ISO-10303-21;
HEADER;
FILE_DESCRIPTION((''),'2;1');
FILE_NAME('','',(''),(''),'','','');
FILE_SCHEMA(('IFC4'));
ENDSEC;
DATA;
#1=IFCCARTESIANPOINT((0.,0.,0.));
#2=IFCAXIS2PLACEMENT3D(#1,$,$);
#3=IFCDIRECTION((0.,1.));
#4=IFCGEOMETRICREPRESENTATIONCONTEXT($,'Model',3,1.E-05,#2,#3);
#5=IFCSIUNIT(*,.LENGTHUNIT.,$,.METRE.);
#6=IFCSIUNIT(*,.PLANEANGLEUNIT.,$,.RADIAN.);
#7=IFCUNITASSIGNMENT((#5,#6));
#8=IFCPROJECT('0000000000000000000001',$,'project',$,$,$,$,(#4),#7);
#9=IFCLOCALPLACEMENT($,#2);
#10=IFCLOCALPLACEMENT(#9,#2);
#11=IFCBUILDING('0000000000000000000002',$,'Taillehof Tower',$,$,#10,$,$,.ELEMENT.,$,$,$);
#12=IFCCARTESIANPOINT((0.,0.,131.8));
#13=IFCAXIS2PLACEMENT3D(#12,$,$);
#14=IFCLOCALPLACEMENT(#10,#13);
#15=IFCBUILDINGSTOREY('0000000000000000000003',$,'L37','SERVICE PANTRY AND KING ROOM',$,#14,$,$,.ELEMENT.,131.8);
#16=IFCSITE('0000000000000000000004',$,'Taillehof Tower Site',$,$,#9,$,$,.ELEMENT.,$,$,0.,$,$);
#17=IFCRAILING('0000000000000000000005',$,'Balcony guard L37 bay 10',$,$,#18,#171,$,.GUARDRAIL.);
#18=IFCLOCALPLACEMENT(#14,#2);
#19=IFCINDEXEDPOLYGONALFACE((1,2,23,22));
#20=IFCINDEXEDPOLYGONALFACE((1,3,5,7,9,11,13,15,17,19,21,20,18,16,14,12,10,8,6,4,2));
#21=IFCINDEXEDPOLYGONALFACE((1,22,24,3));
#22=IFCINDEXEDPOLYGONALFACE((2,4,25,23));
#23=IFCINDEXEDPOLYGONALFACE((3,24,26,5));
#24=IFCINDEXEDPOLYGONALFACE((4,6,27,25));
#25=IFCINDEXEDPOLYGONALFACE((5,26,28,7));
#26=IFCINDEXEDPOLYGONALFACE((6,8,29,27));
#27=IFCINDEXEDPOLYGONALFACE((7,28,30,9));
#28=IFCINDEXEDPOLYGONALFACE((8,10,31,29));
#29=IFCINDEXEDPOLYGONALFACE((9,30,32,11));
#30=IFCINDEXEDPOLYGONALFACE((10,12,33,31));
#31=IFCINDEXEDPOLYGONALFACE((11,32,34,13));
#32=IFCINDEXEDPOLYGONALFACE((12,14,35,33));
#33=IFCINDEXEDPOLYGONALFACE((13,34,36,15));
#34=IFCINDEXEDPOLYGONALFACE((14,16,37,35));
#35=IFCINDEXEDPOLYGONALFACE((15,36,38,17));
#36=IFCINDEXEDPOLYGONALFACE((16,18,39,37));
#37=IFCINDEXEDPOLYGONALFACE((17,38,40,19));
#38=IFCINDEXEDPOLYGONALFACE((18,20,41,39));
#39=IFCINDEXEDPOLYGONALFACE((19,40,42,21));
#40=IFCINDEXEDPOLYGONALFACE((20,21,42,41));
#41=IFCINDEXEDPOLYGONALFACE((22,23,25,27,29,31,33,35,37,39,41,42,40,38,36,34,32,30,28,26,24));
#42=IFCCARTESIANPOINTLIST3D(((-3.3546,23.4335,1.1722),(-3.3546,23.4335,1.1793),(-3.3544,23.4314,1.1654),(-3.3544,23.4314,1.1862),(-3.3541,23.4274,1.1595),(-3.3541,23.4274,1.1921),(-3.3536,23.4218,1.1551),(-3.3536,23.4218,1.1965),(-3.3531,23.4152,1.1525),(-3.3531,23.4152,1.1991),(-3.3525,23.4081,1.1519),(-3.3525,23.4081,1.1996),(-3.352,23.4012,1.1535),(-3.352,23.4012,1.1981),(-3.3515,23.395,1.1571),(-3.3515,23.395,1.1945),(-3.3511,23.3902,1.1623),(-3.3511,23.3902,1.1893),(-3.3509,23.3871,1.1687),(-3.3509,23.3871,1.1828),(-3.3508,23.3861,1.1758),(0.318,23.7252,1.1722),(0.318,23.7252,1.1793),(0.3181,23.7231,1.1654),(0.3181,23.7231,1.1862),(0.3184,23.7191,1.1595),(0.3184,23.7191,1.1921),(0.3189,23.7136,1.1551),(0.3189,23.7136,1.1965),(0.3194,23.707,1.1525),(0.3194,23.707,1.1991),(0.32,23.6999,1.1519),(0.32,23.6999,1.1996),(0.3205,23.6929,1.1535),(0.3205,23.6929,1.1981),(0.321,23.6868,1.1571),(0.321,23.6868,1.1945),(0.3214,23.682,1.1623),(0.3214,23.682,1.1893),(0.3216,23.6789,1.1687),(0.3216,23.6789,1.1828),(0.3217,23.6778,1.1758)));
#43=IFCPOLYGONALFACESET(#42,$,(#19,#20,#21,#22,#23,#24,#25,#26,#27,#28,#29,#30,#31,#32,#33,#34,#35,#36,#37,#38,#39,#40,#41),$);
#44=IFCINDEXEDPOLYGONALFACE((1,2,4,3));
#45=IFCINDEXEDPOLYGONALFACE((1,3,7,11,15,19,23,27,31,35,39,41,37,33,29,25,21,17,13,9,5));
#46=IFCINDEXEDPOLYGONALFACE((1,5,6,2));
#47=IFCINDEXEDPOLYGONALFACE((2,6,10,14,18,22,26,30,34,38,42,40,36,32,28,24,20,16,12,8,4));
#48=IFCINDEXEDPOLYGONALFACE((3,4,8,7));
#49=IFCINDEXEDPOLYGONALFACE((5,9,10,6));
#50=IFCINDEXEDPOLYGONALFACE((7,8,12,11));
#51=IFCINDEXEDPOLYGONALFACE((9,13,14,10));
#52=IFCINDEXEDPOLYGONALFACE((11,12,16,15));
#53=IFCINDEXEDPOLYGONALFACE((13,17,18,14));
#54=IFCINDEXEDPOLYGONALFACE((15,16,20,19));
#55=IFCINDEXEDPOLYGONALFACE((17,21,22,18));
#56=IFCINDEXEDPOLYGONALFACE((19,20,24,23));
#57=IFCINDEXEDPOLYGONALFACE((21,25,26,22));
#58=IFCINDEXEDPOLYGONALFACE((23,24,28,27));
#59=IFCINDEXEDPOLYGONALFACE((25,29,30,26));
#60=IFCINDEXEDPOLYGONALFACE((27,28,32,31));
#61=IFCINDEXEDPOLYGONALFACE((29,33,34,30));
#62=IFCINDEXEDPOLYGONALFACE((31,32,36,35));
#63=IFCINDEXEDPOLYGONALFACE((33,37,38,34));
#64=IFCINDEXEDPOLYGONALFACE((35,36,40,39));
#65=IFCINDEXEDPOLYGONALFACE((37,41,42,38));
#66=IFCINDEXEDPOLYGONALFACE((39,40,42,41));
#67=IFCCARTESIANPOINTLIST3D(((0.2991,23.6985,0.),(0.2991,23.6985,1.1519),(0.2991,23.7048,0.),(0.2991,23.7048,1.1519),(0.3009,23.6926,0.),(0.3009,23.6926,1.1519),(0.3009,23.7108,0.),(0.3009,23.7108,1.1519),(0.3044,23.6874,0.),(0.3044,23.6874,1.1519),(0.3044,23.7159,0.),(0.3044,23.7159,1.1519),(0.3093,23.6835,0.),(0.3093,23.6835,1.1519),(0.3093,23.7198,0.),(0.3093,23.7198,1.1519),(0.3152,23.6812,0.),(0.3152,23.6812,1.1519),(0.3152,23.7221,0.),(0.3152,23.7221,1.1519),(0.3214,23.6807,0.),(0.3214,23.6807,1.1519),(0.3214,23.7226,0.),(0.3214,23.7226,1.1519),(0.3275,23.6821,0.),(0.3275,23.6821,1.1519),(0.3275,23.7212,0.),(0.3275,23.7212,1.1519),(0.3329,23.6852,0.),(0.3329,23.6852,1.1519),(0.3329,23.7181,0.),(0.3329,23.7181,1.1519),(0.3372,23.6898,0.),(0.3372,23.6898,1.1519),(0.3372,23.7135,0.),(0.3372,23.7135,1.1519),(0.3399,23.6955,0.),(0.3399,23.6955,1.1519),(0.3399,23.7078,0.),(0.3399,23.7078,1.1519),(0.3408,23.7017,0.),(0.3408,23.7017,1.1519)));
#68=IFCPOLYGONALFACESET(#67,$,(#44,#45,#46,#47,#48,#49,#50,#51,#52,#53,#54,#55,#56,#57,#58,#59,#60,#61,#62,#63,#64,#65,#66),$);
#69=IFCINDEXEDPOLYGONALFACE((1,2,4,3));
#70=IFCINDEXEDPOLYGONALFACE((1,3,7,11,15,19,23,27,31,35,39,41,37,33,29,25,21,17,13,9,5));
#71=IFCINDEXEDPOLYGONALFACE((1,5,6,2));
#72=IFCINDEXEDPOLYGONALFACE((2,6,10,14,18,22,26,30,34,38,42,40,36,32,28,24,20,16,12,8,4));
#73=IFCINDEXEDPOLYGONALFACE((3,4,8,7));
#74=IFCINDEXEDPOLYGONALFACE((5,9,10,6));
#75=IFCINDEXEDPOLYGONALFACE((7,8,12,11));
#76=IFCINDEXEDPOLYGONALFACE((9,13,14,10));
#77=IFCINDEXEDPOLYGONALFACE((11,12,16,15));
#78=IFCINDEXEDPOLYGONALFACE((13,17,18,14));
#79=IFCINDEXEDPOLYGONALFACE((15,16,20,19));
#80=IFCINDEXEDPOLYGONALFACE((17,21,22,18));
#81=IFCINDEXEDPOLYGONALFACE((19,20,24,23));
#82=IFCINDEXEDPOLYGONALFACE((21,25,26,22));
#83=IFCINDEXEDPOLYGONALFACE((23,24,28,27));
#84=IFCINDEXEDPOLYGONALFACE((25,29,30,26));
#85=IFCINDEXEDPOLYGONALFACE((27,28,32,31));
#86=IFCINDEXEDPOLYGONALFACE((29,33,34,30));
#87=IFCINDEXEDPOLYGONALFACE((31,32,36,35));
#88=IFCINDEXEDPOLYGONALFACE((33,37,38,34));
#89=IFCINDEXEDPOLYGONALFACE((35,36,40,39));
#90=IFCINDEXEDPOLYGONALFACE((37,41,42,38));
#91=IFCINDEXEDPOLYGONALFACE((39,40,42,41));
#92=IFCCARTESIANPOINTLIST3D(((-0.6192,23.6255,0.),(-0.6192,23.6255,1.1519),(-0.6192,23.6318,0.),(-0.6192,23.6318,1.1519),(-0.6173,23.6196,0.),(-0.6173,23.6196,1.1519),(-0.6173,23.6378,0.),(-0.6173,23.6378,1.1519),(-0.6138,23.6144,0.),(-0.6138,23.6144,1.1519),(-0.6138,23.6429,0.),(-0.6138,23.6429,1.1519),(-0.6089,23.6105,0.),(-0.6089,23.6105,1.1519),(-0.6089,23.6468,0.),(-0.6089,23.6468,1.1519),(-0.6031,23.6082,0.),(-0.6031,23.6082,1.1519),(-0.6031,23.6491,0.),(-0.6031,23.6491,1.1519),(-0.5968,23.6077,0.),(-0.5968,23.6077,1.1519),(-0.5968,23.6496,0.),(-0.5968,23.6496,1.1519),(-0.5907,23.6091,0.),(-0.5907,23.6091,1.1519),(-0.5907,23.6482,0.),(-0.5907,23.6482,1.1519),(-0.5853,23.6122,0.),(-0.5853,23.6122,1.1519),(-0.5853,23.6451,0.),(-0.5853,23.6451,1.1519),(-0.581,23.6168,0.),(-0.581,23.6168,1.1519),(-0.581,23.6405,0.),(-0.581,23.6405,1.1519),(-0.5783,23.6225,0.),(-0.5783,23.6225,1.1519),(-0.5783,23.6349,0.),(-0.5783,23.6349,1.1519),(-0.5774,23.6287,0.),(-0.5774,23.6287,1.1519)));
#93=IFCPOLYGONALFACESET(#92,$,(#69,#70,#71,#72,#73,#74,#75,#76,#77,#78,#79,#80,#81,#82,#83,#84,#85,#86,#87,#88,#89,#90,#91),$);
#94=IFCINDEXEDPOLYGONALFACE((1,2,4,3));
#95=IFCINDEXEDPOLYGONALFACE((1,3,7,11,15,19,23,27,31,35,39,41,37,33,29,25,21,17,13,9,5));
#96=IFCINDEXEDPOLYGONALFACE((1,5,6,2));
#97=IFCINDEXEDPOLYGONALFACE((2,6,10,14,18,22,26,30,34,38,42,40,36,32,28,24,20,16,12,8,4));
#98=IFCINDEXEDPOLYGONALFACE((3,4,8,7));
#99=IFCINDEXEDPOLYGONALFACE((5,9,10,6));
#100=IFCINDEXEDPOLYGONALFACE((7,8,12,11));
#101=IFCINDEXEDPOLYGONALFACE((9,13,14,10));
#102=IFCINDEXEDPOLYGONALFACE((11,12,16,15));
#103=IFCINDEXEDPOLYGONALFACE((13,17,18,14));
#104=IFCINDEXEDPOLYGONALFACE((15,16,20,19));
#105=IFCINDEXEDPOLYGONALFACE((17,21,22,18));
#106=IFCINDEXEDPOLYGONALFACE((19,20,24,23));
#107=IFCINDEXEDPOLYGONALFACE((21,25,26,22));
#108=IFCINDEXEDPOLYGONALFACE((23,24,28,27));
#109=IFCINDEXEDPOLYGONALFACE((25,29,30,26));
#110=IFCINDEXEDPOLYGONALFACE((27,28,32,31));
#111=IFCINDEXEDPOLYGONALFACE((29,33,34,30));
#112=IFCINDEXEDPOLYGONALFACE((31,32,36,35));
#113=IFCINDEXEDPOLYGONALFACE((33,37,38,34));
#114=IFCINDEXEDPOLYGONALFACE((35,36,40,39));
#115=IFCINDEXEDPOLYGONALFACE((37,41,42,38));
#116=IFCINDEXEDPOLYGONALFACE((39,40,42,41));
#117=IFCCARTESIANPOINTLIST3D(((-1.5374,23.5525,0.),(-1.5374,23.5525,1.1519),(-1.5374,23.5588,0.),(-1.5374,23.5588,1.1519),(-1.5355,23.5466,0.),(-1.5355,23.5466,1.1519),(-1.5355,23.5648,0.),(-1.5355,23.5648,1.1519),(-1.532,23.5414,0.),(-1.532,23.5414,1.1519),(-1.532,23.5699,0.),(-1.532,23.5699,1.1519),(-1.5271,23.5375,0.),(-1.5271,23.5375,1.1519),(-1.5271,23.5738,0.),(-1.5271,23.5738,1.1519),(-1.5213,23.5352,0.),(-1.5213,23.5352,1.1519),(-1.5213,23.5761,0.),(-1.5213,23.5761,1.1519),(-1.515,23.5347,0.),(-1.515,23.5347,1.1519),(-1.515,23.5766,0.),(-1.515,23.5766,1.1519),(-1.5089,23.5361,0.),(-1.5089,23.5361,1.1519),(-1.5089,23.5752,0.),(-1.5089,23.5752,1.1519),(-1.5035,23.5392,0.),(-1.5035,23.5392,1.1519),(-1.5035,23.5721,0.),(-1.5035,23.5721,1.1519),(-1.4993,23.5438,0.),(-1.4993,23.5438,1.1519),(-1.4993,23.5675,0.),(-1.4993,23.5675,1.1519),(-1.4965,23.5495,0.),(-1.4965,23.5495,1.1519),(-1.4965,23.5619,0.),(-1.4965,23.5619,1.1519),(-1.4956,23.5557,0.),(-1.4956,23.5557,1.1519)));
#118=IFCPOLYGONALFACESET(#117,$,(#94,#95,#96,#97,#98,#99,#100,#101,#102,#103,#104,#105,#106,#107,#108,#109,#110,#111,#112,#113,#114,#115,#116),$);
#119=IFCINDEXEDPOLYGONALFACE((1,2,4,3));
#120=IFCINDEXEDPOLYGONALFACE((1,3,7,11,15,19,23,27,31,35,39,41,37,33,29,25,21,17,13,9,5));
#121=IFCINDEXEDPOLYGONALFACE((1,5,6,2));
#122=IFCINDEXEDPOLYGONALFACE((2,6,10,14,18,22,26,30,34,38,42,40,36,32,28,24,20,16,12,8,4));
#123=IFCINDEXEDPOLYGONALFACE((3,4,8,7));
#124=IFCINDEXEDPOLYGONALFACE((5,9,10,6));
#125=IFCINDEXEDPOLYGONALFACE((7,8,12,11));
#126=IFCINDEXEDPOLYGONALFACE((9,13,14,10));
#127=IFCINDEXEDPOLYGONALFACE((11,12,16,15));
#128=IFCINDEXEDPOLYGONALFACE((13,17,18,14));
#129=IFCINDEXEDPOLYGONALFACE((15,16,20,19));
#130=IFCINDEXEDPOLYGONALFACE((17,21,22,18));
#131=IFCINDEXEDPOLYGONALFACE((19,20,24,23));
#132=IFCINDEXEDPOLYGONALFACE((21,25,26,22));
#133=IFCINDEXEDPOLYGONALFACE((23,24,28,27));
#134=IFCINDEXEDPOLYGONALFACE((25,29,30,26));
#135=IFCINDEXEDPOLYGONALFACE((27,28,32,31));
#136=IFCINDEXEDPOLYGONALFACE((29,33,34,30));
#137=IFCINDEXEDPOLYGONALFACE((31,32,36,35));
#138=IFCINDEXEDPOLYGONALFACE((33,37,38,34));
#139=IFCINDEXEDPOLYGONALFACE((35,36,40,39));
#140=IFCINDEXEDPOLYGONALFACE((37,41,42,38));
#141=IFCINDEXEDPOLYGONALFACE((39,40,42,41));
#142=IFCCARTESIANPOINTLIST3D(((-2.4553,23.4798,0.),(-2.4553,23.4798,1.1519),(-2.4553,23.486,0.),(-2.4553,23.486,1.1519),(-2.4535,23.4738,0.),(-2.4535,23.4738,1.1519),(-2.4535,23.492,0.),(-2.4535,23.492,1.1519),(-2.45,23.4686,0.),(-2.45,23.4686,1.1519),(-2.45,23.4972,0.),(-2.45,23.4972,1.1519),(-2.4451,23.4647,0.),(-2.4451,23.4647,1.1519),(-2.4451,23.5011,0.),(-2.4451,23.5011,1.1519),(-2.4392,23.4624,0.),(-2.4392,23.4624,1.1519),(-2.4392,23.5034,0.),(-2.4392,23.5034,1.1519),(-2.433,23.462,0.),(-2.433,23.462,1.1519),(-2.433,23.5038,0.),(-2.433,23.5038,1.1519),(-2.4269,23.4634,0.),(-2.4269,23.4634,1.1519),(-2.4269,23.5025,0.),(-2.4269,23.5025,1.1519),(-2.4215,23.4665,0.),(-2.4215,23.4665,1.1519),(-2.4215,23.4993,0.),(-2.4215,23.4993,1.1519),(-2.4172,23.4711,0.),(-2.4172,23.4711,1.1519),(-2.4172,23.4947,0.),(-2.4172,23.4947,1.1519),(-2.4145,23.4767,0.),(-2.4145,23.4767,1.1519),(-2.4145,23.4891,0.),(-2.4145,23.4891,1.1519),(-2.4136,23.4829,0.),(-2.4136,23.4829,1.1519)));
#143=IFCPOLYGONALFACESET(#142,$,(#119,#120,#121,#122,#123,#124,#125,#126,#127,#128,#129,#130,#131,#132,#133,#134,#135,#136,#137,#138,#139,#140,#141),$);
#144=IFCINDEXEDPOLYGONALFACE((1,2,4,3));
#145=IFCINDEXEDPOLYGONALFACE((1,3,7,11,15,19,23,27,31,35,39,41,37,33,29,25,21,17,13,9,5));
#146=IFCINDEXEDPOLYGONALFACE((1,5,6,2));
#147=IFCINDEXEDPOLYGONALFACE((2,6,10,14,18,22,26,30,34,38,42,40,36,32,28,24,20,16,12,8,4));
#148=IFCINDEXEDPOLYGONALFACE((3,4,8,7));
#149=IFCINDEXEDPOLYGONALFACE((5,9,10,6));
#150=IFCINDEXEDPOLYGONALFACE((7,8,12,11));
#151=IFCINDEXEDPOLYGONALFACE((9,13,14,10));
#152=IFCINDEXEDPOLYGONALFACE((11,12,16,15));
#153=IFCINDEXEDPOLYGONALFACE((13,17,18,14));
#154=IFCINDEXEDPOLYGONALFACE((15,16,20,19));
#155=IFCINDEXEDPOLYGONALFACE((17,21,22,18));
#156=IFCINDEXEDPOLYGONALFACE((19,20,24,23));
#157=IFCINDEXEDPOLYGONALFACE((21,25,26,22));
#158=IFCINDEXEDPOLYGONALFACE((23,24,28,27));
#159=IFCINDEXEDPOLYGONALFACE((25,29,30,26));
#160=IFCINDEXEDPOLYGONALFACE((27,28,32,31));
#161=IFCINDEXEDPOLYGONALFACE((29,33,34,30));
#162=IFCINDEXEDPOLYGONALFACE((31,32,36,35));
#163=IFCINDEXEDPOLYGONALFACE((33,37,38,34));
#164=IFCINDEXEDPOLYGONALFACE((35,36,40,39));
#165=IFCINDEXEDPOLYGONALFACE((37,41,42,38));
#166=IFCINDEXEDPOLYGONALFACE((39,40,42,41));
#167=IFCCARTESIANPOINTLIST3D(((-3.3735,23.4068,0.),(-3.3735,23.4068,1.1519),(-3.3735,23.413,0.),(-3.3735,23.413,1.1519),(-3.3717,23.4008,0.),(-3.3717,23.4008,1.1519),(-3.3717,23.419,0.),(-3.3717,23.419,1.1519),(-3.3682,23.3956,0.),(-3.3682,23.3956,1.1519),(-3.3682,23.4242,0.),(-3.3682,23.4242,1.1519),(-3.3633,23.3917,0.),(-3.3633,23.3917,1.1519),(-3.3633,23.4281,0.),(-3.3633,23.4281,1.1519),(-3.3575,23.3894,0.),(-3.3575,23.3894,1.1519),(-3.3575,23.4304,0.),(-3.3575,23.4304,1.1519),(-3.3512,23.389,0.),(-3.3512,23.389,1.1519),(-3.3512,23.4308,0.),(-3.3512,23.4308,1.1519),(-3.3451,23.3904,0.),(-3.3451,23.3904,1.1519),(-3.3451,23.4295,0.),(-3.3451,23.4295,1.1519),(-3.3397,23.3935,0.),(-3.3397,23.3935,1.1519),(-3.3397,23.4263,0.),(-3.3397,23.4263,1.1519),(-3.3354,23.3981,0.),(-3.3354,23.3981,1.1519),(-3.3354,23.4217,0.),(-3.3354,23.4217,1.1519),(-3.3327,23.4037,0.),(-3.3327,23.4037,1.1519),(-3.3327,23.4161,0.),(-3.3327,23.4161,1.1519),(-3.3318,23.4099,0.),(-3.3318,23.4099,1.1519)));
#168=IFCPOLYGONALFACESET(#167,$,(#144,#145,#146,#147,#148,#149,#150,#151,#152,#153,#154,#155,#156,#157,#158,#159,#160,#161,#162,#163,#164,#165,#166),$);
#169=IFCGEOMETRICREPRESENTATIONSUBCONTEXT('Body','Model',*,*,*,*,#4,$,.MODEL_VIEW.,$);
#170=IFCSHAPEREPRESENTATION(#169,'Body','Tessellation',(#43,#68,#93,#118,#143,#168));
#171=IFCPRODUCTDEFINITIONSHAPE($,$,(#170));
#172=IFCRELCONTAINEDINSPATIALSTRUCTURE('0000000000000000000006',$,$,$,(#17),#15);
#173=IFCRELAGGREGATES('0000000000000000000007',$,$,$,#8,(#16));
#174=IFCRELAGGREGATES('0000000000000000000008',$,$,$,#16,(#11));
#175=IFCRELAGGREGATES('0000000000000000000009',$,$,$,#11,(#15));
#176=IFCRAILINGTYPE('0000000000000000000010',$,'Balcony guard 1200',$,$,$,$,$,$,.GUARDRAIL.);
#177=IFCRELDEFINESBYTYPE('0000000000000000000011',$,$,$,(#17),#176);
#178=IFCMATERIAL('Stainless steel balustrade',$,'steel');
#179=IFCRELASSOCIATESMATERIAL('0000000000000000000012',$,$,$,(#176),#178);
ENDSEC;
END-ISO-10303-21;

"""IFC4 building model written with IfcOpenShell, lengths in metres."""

from ifc_helpers import new_model, si_unit, direction, frame, origin, origin_2d, place, context, subcontext, project, spatial, circle, extrude, material, type_object, element, save


model = new_model("IFC4")

# Units and contexts
model_context = context("Model", 3, precision=1e-05, world=origin(), true_north=direction((0.0, 1.0)))
body_context = subcontext(model_context, "Body", "Model", "MODEL_VIEW")
ifc_project = project(units=[si_unit("LENGTHUNIT", "METRE"), si_unit("PLANEANGLEUNIT", "RADIAN")], contexts=[model_context])

# Site, building, storey
site_placement = place(None, origin())
site = spatial("IfcSite", under=ifc_project, at=site_placement, Name="Taillehof Tower Site", CompositionType="ELEMENT", RefElevation=0.0)
building_placement = place(site_placement, origin())
building = spatial("IfcBuilding", under=site, at=building_placement, Name="Taillehof Tower", CompositionType="ELEMENT")
storey_placement = place(building_placement, frame((0.0, 0.0, 131.8)))
storey = spatial("IfcBuildingStorey", under=building, at=storey_placement, Name="L37", Description="SERVICE PANTRY AND KING ROOM", CompositionType="ELEMENT", Elevation=131.8)

# Railing
ifc_material_1 = material(Name="Stainless steel balustrade", Category="steel")
railing_type = type_object("IfcRailingType", Name="Balcony guard 1200", PredefinedType="GUARDRAIL", material=ifc_material_1)
railing_1_placement = place(storey_placement, frame((0.3198, 23.7017, 0.0)))
element("IfcRailing", 1, at=railing_1_placement, inside=storey, type_object=railing_type, Name="Balcony guard L37 bay 10", PredefinedType="GUARDRAIL", context=body_context, shape_type="SweptSolid", body=[
    extrude(circle(Radius=0.0239, at=origin_2d()), frame((0.0, 0.0, 1.1758), z_axis=(-0.99686, -0.079189, 0.0), x_axis=(0.079189, -0.99686, 0.0)), (0.0, 0.0, 1.0), 3.6841),
    extrude(circle(Radius=0.021, at=origin_2d()), origin(), (0.0, 0.0, 1.0), 1.1519),
    extrude(circle(Radius=0.021, at=origin_2d()), frame((-0.9182, -0.073, 0.0)), (0.0, 0.0, 1.0), 1.1519),
    extrude(circle(Radius=0.021, at=origin_2d()), frame((-1.8364, -0.146, 0.0)), (0.0, 0.0, 1.0), 1.1519),
    extrude(circle(Radius=0.021, at=origin_2d()), frame((-2.7544, -0.2188, 0.0)), (0.0, 0.0, 1.0), 1.1519),
    extrude(circle(Radius=0.021, at=origin_2d()), frame((-3.6726, -0.2917, 0.0)), (0.0, 0.0, 1.0), 1.1519),
])

save(model, "model.ifc")
